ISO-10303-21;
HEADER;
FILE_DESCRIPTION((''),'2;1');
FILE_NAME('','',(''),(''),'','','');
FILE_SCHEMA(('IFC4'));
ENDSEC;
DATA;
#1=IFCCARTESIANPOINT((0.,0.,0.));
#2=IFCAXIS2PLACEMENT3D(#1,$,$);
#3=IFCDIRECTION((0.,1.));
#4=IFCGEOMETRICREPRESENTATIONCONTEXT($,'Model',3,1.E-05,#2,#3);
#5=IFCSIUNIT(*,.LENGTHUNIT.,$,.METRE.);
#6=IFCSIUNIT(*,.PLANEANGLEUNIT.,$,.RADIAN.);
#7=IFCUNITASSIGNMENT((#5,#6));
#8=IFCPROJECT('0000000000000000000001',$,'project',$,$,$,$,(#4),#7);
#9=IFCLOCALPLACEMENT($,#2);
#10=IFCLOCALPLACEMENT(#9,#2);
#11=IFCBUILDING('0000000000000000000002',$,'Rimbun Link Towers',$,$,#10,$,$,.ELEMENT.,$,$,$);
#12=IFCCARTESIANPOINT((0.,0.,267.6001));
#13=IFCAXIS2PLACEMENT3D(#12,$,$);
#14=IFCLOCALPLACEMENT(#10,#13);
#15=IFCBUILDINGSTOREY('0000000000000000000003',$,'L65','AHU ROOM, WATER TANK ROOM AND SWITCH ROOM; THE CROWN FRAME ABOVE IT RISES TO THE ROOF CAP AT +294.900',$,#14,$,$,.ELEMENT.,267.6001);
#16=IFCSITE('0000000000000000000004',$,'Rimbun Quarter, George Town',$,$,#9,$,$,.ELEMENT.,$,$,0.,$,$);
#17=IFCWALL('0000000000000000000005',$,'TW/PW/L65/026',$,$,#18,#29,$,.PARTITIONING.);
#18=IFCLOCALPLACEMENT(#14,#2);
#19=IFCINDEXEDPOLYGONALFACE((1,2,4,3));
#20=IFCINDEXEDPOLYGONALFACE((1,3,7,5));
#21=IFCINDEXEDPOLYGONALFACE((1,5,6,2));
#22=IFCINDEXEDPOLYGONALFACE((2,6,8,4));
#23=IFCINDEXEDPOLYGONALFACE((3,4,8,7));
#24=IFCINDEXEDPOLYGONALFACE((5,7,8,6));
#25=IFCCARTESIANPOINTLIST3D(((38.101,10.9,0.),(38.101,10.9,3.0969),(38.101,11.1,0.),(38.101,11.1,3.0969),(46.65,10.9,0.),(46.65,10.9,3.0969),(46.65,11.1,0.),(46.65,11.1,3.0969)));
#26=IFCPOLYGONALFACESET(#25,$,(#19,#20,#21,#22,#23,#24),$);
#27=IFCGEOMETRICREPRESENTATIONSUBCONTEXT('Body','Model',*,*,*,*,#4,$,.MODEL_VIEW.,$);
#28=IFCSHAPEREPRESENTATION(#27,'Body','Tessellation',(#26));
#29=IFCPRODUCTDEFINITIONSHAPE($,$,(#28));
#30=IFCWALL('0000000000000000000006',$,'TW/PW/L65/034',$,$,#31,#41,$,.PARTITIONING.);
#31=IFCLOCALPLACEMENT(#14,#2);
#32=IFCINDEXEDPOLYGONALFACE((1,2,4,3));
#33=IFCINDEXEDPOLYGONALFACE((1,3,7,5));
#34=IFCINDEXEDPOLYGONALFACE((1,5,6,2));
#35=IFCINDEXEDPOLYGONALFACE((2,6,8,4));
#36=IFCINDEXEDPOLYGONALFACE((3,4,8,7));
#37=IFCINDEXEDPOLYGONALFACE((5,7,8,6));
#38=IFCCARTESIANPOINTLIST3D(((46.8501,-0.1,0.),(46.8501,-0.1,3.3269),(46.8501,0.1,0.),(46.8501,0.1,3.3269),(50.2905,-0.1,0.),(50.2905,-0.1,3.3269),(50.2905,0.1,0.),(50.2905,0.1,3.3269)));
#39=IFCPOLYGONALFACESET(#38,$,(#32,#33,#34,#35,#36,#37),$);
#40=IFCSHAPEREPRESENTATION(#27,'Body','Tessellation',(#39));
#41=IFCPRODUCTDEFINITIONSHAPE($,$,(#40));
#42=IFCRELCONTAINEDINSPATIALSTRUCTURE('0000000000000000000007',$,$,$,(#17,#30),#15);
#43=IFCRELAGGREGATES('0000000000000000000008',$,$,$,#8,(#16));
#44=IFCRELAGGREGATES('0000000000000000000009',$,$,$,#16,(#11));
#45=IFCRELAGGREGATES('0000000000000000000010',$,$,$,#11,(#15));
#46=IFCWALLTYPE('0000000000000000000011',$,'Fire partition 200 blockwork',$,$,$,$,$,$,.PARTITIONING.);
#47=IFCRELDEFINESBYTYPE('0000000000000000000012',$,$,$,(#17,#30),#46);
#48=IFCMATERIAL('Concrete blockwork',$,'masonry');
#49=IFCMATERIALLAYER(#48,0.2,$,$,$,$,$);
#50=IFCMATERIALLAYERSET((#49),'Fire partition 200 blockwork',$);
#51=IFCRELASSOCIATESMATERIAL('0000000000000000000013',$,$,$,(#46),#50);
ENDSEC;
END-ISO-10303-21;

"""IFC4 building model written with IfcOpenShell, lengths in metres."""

from ifc_helpers import new_model, si_unit, direction, frame, frame_2d, origin, place, context, subcontext, project, spatial, rectangle, extrude, material, layer, layer_set, type_object, element, save


model = new_model("IFC4")

# Units and contexts
model_context = context("Model", 3, precision=1e-05, world=origin(), true_north=direction((0.0, 1.0)))
body_context = subcontext(model_context, "Body", "Model", "MODEL_VIEW")
ifc_project = project(units=[si_unit("LENGTHUNIT", "METRE"), si_unit("PLANEANGLEUNIT", "RADIAN")], contexts=[model_context])

# Site, building, storey
site_placement = place(None, origin())
site = spatial("IfcSite", under=ifc_project, at=site_placement, Name="Rimbun Quarter, George Town", CompositionType="ELEMENT", RefElevation=0.0)
building_placement = place(site_placement, origin())
building = spatial("IfcBuilding", under=site, at=building_placement, Name="Rimbun Link Towers", CompositionType="ELEMENT")
storey_placement = place(building_placement, frame((0.0, 0.0, 267.6001)))
storey = spatial("IfcBuildingStorey", under=building, at=storey_placement, Name="L65", Description="AHU ROOM, WATER TANK ROOM AND SWITCH ROOM; THE CROWN FRAME ABOVE IT RISES TO THE ROOF CAP AT +294.900", CompositionType="ELEMENT", Elevation=267.6001)

# Shared definitions
ifc_material_1 = material(Name="Concrete blockwork", Category="masonry")
ifc_layer_1 = layer(ifc_material_1, 0.2)
ifc_layer_set_1 = layer_set([ifc_layer_1], Name="Fire partition 200 blockwork")
wall_type = type_object("IfcWallType", Name="Fire partition 200 blockwork", PredefinedType="PARTITIONING", material=ifc_layer_set_1)

# Walls
wall_1_placement = place(storey_placement, frame((46.6499, 11.0, 0.0), z_axis=(0.0, 0.0, 1.0), x_axis=(-1.0, 0.0, 0.0)))
element("IfcWall", 1, at=wall_1_placement, inside=storey, type_object=wall_type, Name="TW/PW/L65/026", PredefinedType="PARTITIONING", context=body_context, shape_type="SweptSolid", body=[
    extrude(rectangle(XDim=8.5491, YDim=0.2, at=frame_2d((4.2744, 0.0))), origin(), (0.0, 0.0, 1.0), 3.0969),
])
wall_2_placement = place(storey_placement, frame((50.2905, 0.0, 0.0), z_axis=(0.0, 0.0, 1.0), x_axis=(-1.0, 0.0, 0.0)))
element("IfcWall", 2, at=wall_2_placement, inside=storey, type_object=wall_type, Name="TW/PW/L65/034", PredefinedType="PARTITIONING", context=body_context, shape_type="SweptSolid", body=[
    extrude(rectangle(XDim=3.4404, YDim=0.2, at=frame_2d((1.7202, 0.0))), origin(), (0.0, 0.0, 1.0), 3.3269),
])

save(model, "model.ifc")
